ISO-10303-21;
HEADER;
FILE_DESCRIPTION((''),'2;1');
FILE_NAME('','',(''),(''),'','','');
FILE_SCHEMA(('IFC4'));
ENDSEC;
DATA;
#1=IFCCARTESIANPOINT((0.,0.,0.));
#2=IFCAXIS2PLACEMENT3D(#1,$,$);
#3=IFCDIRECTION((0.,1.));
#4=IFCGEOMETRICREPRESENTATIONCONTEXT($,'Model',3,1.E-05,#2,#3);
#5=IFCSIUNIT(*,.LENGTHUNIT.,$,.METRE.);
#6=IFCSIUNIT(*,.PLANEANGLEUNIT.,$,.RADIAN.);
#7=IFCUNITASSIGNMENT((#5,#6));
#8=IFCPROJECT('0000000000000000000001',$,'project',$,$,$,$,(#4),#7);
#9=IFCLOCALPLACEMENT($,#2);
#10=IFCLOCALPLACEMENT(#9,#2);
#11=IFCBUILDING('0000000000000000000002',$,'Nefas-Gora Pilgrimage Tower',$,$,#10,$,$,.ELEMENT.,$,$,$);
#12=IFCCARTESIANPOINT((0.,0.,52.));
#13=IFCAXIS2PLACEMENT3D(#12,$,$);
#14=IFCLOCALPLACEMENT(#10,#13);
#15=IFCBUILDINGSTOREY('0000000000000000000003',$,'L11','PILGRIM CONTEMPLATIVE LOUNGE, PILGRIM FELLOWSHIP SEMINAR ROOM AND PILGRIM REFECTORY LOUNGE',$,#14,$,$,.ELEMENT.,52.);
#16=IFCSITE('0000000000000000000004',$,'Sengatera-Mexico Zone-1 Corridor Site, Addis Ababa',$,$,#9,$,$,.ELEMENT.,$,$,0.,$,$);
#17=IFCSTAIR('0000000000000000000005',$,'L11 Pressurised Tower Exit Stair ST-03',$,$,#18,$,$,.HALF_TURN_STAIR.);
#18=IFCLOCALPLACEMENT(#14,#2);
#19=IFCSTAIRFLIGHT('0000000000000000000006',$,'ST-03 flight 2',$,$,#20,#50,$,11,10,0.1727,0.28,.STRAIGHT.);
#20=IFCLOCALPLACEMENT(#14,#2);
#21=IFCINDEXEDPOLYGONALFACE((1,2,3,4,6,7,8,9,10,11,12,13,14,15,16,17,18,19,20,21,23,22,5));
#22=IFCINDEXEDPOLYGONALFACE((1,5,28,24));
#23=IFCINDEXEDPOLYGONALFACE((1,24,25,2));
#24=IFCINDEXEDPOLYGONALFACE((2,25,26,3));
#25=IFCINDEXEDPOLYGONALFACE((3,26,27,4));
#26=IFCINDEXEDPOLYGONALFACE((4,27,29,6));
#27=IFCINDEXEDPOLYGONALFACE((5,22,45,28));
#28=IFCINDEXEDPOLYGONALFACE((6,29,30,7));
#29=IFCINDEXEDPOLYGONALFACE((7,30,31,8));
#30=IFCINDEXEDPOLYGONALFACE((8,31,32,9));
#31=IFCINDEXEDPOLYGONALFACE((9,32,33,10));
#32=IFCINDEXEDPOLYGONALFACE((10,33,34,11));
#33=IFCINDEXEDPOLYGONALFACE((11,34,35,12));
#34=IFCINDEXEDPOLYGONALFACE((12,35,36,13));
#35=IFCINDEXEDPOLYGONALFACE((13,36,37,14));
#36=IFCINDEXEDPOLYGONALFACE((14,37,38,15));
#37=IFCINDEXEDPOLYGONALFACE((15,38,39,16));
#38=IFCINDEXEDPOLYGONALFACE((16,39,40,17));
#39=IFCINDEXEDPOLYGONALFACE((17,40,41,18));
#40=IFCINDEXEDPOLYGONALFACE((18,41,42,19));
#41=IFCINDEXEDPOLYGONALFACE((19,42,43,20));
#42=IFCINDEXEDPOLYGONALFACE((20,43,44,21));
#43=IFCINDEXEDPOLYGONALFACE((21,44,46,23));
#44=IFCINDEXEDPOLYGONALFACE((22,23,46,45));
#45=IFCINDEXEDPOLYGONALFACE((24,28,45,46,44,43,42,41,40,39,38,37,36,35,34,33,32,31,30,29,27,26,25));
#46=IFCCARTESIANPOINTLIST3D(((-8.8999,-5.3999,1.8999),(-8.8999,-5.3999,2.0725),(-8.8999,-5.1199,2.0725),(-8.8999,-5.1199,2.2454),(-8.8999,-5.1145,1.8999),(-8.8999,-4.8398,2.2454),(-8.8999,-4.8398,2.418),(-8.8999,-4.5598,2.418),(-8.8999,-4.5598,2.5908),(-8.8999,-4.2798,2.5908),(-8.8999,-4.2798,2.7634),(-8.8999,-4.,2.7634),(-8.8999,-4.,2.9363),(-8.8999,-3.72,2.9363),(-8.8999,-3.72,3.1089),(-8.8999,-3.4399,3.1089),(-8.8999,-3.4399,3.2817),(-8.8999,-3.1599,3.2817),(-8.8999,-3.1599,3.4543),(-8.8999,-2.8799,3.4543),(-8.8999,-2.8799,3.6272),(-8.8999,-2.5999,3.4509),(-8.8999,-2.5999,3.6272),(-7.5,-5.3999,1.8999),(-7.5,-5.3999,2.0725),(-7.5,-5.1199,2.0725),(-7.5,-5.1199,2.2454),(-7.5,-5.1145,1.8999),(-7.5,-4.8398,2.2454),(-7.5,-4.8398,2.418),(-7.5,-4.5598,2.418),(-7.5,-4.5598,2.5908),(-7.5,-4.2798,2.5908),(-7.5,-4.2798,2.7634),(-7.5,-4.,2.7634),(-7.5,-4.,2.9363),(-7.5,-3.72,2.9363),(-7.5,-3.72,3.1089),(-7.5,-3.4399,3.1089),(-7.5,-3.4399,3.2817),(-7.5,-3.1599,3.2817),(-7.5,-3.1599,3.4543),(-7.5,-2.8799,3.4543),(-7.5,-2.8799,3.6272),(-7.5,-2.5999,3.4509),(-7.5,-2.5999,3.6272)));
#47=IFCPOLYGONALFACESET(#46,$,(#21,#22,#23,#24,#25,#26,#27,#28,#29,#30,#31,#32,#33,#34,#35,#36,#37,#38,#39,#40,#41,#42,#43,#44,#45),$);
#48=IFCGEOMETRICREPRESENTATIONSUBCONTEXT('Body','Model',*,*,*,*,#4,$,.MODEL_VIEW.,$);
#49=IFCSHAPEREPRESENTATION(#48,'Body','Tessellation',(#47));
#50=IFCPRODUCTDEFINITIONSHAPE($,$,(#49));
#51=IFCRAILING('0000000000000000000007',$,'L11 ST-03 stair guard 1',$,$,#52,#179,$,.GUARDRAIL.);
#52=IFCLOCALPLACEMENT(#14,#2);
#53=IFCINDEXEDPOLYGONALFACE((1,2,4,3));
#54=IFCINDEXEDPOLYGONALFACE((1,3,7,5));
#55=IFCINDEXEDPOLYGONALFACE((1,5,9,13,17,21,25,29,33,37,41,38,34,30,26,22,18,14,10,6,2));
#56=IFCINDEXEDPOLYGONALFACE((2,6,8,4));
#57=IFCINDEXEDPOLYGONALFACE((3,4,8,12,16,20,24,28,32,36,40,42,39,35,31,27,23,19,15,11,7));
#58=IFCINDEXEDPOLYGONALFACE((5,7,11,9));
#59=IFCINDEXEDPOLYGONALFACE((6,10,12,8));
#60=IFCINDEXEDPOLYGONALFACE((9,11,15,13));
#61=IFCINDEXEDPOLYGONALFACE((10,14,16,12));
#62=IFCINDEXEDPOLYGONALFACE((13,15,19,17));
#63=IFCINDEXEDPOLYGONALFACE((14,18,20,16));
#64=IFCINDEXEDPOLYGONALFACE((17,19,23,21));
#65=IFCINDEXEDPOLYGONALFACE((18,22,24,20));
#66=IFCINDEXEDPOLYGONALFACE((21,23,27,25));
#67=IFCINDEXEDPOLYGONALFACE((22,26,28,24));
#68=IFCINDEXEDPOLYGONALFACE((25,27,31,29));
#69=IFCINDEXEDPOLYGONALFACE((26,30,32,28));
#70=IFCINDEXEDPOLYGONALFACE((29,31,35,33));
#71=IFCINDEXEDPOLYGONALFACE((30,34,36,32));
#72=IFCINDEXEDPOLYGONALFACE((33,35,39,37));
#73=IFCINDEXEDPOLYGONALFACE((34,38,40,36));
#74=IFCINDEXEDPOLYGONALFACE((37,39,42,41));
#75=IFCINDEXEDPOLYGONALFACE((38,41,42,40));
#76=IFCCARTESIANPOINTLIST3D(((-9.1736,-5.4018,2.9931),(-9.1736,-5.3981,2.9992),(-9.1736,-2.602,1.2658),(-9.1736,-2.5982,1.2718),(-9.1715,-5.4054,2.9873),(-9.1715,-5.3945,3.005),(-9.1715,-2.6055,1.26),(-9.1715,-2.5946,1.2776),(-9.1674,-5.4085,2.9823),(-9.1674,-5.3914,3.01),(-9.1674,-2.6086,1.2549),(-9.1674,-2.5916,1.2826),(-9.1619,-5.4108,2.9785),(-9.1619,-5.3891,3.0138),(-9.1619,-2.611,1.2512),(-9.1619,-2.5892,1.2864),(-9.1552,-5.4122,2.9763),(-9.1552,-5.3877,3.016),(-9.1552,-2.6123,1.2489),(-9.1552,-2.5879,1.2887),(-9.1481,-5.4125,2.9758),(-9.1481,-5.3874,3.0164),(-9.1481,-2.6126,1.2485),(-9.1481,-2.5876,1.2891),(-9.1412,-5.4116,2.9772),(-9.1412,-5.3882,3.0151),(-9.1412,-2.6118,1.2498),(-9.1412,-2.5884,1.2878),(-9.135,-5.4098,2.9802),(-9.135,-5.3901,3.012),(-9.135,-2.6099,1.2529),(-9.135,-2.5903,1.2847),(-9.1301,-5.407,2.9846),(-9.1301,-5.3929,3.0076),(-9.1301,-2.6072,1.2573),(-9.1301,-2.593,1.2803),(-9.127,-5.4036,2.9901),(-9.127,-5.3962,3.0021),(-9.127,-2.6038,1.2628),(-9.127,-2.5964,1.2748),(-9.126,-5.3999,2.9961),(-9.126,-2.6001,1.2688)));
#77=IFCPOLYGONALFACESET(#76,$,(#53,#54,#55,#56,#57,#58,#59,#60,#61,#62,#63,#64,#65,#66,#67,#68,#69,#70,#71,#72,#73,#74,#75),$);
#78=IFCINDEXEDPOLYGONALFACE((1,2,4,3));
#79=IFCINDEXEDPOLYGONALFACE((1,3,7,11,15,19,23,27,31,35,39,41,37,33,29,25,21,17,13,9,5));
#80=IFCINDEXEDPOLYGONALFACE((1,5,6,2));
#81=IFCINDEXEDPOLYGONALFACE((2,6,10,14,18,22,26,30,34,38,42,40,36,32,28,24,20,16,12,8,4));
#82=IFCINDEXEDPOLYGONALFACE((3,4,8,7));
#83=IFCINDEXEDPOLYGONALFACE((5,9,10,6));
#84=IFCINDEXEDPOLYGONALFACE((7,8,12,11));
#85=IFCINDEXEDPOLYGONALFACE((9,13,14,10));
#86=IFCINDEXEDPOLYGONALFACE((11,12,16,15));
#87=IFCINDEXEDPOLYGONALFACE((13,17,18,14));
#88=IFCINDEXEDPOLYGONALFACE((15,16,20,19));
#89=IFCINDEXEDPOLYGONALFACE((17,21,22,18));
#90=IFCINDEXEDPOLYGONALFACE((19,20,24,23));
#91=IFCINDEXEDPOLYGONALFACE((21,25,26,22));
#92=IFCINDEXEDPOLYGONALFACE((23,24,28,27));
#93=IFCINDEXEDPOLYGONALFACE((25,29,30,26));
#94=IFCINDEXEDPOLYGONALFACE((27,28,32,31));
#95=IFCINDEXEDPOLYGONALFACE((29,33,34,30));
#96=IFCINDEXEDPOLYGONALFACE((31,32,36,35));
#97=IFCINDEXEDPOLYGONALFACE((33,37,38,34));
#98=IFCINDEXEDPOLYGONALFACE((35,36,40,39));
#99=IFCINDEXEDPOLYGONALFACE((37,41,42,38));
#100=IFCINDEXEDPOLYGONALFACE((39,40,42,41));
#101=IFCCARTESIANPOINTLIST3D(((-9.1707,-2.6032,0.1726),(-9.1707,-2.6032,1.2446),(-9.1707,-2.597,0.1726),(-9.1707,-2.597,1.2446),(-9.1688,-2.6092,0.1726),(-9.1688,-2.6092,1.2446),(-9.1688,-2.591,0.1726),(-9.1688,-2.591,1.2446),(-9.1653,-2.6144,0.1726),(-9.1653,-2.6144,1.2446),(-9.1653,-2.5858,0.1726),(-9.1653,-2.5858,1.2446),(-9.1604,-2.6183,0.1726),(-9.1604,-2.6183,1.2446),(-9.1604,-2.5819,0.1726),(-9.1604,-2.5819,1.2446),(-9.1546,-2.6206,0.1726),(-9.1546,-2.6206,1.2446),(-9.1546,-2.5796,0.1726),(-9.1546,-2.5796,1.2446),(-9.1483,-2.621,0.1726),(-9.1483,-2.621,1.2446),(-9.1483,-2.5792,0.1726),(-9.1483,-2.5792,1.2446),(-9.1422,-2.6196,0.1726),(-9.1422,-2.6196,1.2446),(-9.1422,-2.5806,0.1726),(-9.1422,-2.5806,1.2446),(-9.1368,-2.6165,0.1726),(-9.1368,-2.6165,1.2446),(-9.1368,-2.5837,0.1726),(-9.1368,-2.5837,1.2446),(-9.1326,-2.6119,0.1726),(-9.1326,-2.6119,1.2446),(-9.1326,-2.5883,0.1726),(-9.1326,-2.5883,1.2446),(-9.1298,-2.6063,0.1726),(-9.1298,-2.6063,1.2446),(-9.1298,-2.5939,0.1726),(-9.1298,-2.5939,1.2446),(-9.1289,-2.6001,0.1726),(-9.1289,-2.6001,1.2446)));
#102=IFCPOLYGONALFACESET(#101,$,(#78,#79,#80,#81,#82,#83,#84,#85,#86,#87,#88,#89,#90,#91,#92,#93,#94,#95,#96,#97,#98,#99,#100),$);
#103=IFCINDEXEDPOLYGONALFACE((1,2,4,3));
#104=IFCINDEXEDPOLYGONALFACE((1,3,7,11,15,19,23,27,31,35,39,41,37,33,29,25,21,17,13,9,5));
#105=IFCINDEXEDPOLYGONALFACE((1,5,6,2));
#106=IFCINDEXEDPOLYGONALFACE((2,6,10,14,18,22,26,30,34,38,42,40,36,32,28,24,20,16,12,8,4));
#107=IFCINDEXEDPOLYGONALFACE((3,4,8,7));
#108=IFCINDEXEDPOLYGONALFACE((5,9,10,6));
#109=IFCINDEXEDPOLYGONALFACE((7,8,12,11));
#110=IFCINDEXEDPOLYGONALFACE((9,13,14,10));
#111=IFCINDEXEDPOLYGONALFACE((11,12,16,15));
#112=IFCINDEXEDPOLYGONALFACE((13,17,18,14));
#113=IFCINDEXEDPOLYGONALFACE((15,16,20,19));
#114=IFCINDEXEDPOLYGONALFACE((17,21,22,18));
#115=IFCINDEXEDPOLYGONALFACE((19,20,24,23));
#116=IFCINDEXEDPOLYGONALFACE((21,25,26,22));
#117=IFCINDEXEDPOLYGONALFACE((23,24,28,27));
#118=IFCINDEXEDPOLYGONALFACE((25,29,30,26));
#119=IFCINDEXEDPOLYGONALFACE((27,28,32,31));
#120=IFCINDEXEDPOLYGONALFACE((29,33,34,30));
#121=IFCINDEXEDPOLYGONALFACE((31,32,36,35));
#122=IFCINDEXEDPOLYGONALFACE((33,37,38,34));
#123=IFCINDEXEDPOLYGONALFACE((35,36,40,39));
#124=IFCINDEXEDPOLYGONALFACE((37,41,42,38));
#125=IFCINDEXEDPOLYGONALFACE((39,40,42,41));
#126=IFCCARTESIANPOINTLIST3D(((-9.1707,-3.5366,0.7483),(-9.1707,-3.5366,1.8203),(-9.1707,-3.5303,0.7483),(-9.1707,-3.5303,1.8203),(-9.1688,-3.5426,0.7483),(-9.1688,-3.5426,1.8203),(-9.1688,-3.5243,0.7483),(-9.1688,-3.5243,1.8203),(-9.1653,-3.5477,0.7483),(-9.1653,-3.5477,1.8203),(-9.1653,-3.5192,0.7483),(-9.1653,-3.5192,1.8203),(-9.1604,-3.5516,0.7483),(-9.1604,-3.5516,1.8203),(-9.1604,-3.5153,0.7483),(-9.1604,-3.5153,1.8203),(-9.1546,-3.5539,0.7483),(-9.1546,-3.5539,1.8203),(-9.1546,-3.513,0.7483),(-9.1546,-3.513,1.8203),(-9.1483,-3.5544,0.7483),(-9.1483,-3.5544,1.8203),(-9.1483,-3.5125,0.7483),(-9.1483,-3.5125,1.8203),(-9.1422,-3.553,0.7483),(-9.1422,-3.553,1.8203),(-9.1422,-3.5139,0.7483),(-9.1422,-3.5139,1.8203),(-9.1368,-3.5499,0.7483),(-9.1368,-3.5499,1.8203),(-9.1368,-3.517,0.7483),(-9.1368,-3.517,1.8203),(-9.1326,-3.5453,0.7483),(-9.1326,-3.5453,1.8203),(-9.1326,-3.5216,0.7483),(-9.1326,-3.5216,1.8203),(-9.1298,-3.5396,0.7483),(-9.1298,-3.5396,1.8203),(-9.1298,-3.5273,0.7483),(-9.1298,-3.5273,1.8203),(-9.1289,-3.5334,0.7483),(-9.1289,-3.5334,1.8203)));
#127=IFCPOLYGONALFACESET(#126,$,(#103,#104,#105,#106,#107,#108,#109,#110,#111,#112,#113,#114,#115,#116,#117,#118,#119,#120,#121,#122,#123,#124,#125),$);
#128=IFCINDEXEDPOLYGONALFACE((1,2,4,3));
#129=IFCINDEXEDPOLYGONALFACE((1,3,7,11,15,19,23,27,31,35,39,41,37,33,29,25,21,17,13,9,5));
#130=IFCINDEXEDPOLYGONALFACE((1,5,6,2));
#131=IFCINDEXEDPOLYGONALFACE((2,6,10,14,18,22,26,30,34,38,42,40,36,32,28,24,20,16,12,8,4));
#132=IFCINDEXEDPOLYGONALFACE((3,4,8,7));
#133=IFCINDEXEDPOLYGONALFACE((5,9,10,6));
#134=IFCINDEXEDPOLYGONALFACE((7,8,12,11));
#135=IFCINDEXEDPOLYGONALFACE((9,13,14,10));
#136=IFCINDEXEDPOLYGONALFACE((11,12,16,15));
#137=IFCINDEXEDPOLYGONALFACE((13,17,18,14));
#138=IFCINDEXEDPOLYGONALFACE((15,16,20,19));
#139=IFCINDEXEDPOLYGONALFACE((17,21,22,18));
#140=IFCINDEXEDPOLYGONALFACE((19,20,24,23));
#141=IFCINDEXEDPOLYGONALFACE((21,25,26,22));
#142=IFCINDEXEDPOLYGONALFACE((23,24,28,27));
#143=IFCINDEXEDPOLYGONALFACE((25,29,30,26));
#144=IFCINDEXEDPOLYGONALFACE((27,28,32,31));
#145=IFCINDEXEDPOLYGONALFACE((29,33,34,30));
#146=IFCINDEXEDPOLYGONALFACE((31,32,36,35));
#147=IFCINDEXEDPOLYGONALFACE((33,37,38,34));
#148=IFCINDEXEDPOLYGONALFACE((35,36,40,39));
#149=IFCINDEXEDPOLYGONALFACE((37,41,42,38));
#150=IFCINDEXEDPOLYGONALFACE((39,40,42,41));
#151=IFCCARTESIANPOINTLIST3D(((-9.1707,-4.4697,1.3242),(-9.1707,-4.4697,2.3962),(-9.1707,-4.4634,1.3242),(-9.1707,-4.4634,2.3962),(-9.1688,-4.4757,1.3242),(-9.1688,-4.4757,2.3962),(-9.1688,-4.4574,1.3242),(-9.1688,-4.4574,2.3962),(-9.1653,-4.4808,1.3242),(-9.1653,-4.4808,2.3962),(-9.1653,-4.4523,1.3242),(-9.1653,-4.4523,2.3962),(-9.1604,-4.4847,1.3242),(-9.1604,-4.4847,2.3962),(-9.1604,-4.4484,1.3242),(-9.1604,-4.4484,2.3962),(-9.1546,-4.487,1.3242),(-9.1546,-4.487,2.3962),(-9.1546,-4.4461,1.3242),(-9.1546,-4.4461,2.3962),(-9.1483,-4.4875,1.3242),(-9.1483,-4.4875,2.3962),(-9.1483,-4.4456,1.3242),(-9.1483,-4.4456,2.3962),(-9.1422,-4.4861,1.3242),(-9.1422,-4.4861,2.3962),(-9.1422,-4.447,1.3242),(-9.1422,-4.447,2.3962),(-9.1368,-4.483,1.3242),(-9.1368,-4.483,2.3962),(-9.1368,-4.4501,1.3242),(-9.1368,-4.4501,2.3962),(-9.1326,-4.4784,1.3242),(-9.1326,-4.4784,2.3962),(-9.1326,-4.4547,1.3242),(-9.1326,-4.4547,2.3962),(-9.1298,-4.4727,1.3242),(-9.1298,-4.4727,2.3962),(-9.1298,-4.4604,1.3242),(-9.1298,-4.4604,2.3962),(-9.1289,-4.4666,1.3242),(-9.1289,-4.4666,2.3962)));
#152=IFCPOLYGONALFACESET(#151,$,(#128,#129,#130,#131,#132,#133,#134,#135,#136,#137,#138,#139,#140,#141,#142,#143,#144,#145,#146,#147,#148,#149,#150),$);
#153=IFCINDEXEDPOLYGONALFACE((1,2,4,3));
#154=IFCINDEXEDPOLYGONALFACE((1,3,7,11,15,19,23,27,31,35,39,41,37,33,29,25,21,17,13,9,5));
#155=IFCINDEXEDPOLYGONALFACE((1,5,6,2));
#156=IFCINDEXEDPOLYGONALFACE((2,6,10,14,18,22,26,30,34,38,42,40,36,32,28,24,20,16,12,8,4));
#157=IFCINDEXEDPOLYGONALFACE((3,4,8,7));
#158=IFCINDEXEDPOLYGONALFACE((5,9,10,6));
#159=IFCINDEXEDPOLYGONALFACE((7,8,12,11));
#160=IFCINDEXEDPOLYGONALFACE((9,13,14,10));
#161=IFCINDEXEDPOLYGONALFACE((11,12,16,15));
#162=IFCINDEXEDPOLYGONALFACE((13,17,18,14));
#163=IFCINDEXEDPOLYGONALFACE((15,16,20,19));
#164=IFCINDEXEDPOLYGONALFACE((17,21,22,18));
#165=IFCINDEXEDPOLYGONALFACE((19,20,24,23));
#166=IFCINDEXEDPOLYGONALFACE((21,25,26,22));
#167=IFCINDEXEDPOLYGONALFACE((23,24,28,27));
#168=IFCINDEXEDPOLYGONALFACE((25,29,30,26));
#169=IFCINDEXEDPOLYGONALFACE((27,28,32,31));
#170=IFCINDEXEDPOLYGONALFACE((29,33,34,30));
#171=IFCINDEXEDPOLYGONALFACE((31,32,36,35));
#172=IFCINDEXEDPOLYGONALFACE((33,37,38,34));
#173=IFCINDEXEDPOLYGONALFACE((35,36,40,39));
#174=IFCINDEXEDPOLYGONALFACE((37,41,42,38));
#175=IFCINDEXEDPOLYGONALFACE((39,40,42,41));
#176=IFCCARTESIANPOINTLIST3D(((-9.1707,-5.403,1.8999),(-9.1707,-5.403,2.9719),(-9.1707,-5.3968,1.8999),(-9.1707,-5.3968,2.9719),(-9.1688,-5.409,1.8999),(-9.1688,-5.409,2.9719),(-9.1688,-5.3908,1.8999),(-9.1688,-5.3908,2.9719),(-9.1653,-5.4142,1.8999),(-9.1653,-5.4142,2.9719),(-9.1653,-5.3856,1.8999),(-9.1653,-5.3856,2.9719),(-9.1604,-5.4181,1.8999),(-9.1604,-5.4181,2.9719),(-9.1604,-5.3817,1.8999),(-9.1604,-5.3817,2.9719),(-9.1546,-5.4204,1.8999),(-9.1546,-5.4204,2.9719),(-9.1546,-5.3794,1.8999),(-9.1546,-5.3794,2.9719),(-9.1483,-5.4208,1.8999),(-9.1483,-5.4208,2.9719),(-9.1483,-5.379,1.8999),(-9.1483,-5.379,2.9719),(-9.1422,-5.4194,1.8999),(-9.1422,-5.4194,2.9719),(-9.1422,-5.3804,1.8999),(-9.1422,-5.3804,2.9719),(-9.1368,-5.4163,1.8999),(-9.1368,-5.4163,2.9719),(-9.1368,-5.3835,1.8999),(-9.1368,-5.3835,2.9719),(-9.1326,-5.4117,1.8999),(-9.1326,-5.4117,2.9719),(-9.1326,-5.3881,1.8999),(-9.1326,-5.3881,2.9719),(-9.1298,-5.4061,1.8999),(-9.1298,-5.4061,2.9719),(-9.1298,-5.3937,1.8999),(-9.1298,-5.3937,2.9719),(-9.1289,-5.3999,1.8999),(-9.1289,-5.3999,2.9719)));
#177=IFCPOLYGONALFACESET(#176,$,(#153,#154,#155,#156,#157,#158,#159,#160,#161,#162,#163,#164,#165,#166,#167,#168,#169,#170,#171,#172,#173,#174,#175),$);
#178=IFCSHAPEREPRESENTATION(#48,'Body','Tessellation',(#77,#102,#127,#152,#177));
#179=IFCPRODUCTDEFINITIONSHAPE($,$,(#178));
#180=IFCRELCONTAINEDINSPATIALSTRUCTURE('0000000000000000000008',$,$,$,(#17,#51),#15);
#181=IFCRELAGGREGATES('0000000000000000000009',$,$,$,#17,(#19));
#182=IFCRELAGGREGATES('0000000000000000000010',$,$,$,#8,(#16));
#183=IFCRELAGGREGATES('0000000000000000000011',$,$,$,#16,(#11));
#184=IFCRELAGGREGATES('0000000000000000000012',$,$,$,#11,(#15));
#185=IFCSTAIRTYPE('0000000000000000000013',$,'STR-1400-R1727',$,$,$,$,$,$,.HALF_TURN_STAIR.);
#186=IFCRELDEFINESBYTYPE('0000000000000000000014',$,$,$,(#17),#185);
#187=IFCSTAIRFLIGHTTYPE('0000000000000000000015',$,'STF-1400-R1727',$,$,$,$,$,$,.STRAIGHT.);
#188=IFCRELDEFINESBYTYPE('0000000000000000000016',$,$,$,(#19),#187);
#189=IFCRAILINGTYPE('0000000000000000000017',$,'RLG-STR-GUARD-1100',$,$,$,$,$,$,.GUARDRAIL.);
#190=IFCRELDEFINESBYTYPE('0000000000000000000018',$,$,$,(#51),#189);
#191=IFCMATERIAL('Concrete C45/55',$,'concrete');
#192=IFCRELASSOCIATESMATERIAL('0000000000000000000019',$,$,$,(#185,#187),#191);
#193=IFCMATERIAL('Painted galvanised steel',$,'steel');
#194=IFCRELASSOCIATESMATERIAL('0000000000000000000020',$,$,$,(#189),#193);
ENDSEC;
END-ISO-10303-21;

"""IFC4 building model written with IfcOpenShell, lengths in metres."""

from ifc_helpers import new_model, si_unit, direction, frame, origin, origin_2d, place, context, subcontext, project, spatial, polyline, circle, outline, extrude, source, transform, mapped, material, type_object, element, aggregate, save


model = new_model("IFC4")

# Units and contexts
model_context = context("Model", 3, precision=1e-05, world=origin(), true_north=direction((0.0, 1.0)))
body_context = subcontext(model_context, "Body", "Model", "MODEL_VIEW")
ifc_project = project(units=[si_unit("LENGTHUNIT", "METRE"), si_unit("PLANEANGLEUNIT", "RADIAN")], contexts=[model_context])

# Site, building, storey
site_placement = place(None, origin())
site = spatial("IfcSite", under=ifc_project, at=site_placement, Name="Sengatera-Mexico Zone-1 Corridor Site, Addis Ababa", CompositionType="ELEMENT", RefElevation=0.0)
building_placement = place(site_placement, origin())
building = spatial("IfcBuilding", under=site, at=building_placement, Name="Nefas-Gora Pilgrimage Tower", CompositionType="ELEMENT")
storey_placement = place(building_placement, frame((0.0, 0.0, 52.0)))
storey = spatial("IfcBuildingStorey", under=building, at=storey_placement, Name="L11", Description="PILGRIM CONTEMPLATIVE LOUNGE, PILGRIM FELLOWSHIP SEMINAR ROOM AND PILGRIM REFECTORY LOUNGE", CompositionType="ELEMENT", Elevation=52.0)

# Shared definitions
ifc_material_1 = material(Name="Concrete C45/55", Category="concrete")

# Stair, stair flight
stair_type = type_object("IfcStairType", Name="STR-1400-R1727", PredefinedType="HALF_TURN_STAIR", material=ifc_material_1)
stair_placement = place(storey_placement, origin())
stair = element("IfcStair", 1, at=stair_placement, inside=storey, type_object=stair_type, Name="L11 Pressurised Tower Exit Stair ST-03", PredefinedType="HALF_TURN_STAIR")
stair_flight_type = type_object("IfcStairFlightType", Name="STF-1400-R1727", PredefinedType="STRAIGHT", material=ifc_material_1)
shared_shape_1 = source(origin(), body_context, "Body", "SweptSolid", [
    extrude(outline(polyline([(0.0, 0.0), (0.0, 0.1726), (0.28, 0.1726), (0.28, 0.3455), (0.5601, 0.3455), (0.5601, 0.5181), (0.8401, 0.5181), (0.8401, 0.6909), (1.1201, 0.6909), (1.1201, 0.8635), (1.3999, 0.8635), (1.3999, 1.0364), (1.6799, 1.0364), (1.6799, 1.209), (1.96, 1.209), (1.96, 1.3818), (2.24, 1.3818), (2.24, 1.5544), (2.52, 1.5544), (2.52, 1.7273), (2.8, 1.7273), (2.8, 1.8999), (2.8, 1.551), (0.2854, 0.0), (0.0, 0.0)])), frame((0.0, 0.7, 0.0), z_axis=(0.0, -1.0, 0.0), x_axis=(1.0, 0.0, 0.0)), (0.0, 0.0, 1.0), 1.3999),
])
stair_flight_1_placement = place(storey_placement, frame((-8.2, -5.3999, 1.8999), z_axis=(0.0, 0.0, 1.0), x_axis=(0.0, 1.0, 0.0)))
stair_flight_1 = element("IfcStairFlight", 2, at=stair_flight_1_placement, type_object=stair_flight_type, Name="ST-03 flight 2", NumberOfRisers=11, NumberOfTreads=10, PredefinedType="STRAIGHT", RiserHeight=0.1727, TreadLength=0.28, context=body_context, shape_type="MappedRepresentation", body=[
    mapped(shared_shape_1, transform((0.0, 0.0, 0.0), x_axis=(1.0, 0.0, 0.0), y_axis=(0.0, 1.0, 0.0), z_axis=(0.0, 0.0, 1.0), scale=1.0)),
])
aggregate(stair, [stair_flight_1])

# Railing
ifc_material_2 = material(Name="Painted galvanised steel", Category="steel")
railing_type_1 = type_object("IfcRailingType", Name="RLG-STR-GUARD-1100", PredefinedType="GUARDRAIL", material=ifc_material_2)
railing_1_placement = place(storey_placement, frame((-9.1499, -2.6001, 0.1726)))
element("IfcRailing", 3, at=railing_1_placement, inside=storey, type_object=railing_type_1, Name="L11 ST-03 stair guard 1", PredefinedType="GUARDRAIL", context=body_context, shape_type="SweptSolid", body=[
    extrude(circle(Radius=0.0239, at=origin_2d()), frame((0.0, 0.0, 1.0962), z_axis=(0.0, -0.851069, 0.525054), x_axis=(1.0, 0.0, 0.0)), (0.0, 0.0, 1.0), 3.2898),
    extrude(circle(Radius=0.021, at=origin_2d()), origin(), (0.0, 0.0, 1.0), 1.072),
    extrude(circle(Radius=0.021, at=origin_2d()), frame((0.0, -0.9333, 0.5757)), (0.0, 0.0, 1.0), 1.072),
    extrude(circle(Radius=0.021, at=origin_2d()), frame((0.0, -1.8665, 1.1516)), (0.0, 0.0, 1.0), 1.072),
    extrude(circle(Radius=0.021, at=origin_2d()), frame((0.0, -2.7998, 1.7273)), (0.0, 0.0, 1.0), 1.072),
])

save(model, "model.ifc")
